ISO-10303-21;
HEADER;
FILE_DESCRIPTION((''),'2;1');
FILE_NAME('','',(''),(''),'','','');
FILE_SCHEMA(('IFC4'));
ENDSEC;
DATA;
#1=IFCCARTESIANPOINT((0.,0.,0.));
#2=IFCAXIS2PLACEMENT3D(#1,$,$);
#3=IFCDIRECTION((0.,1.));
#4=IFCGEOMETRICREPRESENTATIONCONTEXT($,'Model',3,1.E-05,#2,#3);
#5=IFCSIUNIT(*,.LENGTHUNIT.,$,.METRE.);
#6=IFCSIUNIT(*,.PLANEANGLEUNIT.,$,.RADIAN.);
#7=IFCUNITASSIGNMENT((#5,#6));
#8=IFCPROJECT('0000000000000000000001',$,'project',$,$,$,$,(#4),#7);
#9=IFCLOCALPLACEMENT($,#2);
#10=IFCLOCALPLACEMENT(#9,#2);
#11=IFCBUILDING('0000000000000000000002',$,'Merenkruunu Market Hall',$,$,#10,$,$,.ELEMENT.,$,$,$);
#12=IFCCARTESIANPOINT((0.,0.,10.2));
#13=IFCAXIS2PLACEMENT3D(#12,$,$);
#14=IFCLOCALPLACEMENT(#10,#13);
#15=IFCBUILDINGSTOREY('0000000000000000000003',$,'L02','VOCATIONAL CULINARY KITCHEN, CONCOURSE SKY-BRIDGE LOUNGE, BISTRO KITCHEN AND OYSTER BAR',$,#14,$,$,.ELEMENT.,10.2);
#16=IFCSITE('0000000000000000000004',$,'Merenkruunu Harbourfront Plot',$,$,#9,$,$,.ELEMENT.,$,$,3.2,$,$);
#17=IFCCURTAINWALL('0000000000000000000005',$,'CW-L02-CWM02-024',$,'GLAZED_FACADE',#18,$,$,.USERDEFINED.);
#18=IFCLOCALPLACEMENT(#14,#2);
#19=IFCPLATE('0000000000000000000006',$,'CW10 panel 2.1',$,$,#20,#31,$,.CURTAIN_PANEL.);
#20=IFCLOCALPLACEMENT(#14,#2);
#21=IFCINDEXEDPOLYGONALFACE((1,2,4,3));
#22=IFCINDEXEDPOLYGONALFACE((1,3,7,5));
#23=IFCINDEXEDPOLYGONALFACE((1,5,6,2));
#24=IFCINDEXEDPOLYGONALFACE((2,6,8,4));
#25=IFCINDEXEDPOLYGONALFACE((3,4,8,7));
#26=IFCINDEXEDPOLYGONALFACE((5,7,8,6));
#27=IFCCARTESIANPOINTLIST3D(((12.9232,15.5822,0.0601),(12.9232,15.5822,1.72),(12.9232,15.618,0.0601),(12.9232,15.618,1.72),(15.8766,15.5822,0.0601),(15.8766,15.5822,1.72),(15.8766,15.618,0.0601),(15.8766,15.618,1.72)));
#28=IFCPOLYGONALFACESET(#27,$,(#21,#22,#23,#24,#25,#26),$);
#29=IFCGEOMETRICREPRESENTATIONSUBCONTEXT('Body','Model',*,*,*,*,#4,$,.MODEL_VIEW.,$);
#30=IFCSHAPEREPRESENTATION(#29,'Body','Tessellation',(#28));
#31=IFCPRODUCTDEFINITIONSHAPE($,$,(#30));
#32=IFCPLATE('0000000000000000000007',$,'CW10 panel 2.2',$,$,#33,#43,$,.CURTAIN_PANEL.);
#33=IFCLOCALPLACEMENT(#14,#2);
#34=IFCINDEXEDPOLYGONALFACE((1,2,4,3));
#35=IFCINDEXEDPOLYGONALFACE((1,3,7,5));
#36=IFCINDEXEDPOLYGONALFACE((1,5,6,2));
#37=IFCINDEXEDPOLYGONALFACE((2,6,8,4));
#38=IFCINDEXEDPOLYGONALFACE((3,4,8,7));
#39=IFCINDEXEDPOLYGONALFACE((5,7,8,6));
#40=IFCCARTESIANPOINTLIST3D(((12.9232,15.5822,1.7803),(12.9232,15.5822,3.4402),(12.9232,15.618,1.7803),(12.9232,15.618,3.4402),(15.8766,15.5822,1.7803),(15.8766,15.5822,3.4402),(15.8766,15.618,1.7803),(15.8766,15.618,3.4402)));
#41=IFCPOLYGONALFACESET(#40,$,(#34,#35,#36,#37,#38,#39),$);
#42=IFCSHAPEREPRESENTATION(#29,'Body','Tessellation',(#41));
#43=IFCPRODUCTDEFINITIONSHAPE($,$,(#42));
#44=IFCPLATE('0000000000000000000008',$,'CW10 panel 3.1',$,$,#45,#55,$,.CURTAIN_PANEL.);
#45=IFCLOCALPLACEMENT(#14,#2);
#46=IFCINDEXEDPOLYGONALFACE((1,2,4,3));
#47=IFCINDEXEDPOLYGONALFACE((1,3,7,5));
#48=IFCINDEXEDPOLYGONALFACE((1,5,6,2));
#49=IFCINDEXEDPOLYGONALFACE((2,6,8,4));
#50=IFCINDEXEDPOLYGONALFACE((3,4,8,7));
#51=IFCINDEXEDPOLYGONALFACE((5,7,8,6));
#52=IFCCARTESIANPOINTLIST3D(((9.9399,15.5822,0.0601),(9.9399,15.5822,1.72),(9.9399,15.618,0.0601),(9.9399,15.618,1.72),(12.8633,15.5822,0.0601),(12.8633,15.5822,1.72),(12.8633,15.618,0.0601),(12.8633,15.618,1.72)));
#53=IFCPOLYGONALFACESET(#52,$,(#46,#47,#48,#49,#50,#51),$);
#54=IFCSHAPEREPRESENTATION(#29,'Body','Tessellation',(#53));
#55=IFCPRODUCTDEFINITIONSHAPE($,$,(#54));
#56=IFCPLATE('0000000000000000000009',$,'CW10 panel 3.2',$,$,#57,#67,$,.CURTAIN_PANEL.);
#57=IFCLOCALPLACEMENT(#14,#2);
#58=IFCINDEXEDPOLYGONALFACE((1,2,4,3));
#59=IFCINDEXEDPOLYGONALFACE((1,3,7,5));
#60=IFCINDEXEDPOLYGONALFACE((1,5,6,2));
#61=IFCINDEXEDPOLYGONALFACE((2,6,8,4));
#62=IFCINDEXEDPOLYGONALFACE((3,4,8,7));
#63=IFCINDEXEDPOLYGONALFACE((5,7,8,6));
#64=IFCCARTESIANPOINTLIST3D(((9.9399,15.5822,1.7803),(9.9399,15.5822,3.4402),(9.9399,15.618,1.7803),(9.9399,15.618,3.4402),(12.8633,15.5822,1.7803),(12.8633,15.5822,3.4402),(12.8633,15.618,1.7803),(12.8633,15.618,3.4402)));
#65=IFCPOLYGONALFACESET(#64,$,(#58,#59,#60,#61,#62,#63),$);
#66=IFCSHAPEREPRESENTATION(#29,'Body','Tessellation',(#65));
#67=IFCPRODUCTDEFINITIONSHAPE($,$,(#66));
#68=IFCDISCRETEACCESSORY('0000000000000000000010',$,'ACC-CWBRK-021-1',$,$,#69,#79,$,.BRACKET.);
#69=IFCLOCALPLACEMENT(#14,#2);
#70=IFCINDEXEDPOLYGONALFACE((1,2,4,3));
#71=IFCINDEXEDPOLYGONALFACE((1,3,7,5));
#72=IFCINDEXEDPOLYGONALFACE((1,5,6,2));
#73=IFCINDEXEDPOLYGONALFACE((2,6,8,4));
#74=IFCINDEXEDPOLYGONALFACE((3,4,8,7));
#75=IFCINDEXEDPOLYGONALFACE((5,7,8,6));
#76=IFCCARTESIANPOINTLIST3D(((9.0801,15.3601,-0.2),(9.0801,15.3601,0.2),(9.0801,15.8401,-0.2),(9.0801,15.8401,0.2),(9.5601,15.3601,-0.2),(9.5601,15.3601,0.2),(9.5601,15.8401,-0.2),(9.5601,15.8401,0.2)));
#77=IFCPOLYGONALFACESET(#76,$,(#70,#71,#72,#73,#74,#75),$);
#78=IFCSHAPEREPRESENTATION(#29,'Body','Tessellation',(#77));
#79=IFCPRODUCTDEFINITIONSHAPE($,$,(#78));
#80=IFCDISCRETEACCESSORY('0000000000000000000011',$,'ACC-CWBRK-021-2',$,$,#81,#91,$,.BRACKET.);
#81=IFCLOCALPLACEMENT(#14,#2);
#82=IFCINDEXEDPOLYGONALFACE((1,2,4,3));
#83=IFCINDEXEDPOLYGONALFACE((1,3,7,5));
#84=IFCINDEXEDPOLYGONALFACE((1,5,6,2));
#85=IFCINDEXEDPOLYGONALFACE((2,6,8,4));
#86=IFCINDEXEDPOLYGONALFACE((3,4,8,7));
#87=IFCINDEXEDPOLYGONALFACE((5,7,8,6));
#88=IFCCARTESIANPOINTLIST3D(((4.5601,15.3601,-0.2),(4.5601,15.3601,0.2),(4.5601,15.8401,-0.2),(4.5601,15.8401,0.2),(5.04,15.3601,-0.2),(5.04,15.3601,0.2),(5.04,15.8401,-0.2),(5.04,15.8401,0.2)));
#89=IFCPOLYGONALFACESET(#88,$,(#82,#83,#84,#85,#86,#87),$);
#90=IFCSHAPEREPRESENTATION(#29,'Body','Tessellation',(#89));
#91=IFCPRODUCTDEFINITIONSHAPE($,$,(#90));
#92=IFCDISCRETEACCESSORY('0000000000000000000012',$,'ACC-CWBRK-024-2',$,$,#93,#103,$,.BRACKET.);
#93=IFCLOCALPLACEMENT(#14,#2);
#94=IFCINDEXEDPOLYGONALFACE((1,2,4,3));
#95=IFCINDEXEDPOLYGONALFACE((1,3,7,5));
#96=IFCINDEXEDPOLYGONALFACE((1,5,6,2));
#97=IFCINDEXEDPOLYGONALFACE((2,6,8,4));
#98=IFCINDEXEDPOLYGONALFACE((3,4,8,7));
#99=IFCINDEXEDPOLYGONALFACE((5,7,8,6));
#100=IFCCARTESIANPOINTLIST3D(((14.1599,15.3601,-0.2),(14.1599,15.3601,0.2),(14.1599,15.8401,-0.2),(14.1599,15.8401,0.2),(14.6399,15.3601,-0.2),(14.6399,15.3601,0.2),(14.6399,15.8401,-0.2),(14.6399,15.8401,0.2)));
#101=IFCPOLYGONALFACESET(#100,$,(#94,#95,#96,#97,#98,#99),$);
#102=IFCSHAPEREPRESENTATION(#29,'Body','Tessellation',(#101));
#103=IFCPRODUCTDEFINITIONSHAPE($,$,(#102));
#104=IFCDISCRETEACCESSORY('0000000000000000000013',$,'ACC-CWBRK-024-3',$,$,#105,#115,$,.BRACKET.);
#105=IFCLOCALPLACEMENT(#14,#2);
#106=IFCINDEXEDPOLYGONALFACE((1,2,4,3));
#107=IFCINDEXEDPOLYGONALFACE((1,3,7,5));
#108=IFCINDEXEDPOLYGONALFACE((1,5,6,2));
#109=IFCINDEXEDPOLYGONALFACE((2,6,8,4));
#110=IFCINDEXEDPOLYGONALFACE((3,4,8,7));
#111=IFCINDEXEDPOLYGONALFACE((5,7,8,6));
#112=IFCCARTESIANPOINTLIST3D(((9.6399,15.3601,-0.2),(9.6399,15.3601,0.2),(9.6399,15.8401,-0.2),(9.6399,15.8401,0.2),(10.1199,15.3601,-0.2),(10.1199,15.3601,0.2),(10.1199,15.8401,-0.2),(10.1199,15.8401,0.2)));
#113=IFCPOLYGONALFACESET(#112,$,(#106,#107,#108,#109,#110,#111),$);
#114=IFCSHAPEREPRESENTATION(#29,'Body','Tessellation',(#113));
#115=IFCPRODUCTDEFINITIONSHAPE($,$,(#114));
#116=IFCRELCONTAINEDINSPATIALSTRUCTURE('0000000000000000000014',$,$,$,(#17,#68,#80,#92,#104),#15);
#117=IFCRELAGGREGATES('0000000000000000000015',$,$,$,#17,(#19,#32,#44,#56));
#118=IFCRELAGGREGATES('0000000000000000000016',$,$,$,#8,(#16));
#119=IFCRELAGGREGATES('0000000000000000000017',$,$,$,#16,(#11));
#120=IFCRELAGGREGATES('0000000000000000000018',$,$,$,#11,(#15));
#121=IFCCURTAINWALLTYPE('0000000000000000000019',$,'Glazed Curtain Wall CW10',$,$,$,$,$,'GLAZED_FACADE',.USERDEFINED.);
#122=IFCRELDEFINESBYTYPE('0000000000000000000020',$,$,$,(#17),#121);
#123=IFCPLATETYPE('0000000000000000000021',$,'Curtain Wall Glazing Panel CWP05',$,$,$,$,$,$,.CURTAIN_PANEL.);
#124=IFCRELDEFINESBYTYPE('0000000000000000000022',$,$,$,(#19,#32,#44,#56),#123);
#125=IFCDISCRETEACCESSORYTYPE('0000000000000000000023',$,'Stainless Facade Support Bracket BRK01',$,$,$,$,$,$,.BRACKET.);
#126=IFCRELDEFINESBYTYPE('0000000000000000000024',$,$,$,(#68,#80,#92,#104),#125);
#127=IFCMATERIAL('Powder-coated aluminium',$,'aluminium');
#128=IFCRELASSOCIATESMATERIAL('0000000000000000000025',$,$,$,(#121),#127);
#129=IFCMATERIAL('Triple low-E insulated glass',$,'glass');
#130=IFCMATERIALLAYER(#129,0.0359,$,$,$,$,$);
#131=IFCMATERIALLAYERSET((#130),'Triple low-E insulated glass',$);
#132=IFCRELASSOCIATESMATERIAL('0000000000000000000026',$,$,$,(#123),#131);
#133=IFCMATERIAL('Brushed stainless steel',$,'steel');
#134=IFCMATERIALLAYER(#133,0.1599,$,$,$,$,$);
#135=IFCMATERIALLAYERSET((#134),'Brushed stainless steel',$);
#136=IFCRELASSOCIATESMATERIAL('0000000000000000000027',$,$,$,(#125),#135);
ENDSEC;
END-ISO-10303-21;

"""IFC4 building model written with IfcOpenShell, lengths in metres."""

from ifc_helpers import new_model, si_unit, direction, frame, origin, origin_2d, place, context, subcontext, project, spatial, rectangle, extrude, material, layer, layer_set, type_object, element, aggregate, save


model = new_model("IFC4")

# Units and contexts
model_context = context("Model", 3, precision=1e-05, world=origin(), true_north=direction((0.0, 1.0)))
body_context = subcontext(model_context, "Body", "Model", "MODEL_VIEW")
ifc_project = project(units=[si_unit("LENGTHUNIT", "METRE"), si_unit("PLANEANGLEUNIT", "RADIAN")], contexts=[model_context])

# Site, building, storey
site_placement = place(None, origin())
site = spatial("IfcSite", under=ifc_project, at=site_placement, Name="Merenkruunu Harbourfront Plot", CompositionType="ELEMENT", RefElevation=3.2)
building_placement = place(site_placement, origin())
building = spatial("IfcBuilding", under=site, at=building_placement, Name="Merenkruunu Market Hall", CompositionType="ELEMENT")
storey_placement = place(building_placement, frame((0.0, 0.0, 10.2)))
storey = spatial("IfcBuildingStorey", under=building, at=storey_placement, Name="L02", Description="VOCATIONAL CULINARY KITCHEN, CONCOURSE SKY-BRIDGE LOUNGE, BISTRO KITCHEN AND OYSTER BAR", CompositionType="ELEMENT", Elevation=10.2)

# Curtain wall
ifc_material_1 = material(Name="Powder-coated aluminium", Category="aluminium")
curtain_wall_type = type_object("IfcCurtainWallType", Name="Glazed Curtain Wall CW10", ElementType="GLAZED_FACADE", PredefinedType="USERDEFINED", material=ifc_material_1)
curtain_wall_1_placement = place(storey_placement, origin())
curtain_wall_1 = element("IfcCurtainWall", 1, at=curtain_wall_1_placement, inside=storey, type_object=curtain_wall_type, Name="CW-L02-CWM02-024", ObjectType="GLAZED_FACADE", PredefinedType="USERDEFINED")

# Plates
ifc_material_2 = material(Name="Triple low-E insulated glass", Category="glass")
ifc_layer_1 = layer(ifc_material_2, 0.0359)
ifc_layer_set_1 = layer_set([ifc_layer_1], Name="Triple low-E insulated glass")
plate_type = type_object("IfcPlateType", Name="Curtain Wall Glazing Panel CWP05", PredefinedType="CURTAIN_PANEL", material=ifc_layer_set_1)
plate_1_placement = place(storey_placement, frame((14.3999, 15.6001, 0.0601), z_axis=(0.0, 0.0, 1.0), x_axis=(-1.0, 0.0, 0.0)))
plate_1 = element("IfcPlate", 2, at=plate_1_placement, type_object=plate_type, Name="CW10 panel 2.1", PredefinedType="CURTAIN_PANEL", context=body_context, shape_type="SweptSolid", body=[
    extrude(rectangle(XDim=2.9534, YDim=0.0359, at=origin_2d()), origin(), (0.0, 0.0, 1.0), 1.6599),
])
plate_2_placement = place(storey_placement, frame((14.3999, 15.6001, 1.7803), z_axis=(0.0, 0.0, 1.0), x_axis=(-1.0, 0.0, 0.0)))
plate_2 = element("IfcPlate", 3, at=plate_2_placement, type_object=plate_type, Name="CW10 panel 2.2", PredefinedType="CURTAIN_PANEL", context=body_context, shape_type="SweptSolid", body=[
    extrude(rectangle(XDim=2.9534, YDim=0.0359, at=origin_2d()), origin(), (0.0, 0.0, 1.0), 1.6599),
])
plate_3_placement = place(storey_placement, frame((11.4016, 15.6001, 0.0601), z_axis=(0.0, 0.0, 1.0), x_axis=(-1.0, 0.0, 0.0)))
plate_3 = element("IfcPlate", 4, at=plate_3_placement, type_object=plate_type, Name="CW10 panel 3.1", PredefinedType="CURTAIN_PANEL", context=body_context, shape_type="SweptSolid", body=[
    extrude(rectangle(XDim=2.9233, YDim=0.0359, at=origin_2d()), origin(), (0.0, 0.0, 1.0), 1.6599),
])
plate_4_placement = place(storey_placement, frame((11.4016, 15.6001, 1.7803), z_axis=(0.0, 0.0, 1.0), x_axis=(-1.0, 0.0, 0.0)))
plate_4 = element("IfcPlate", 5, at=plate_4_placement, type_object=plate_type, Name="CW10 panel 3.2", PredefinedType="CURTAIN_PANEL", context=body_context, shape_type="SweptSolid", body=[
    extrude(rectangle(XDim=2.9233, YDim=0.0359, at=origin_2d()), origin(), (0.0, 0.0, 1.0), 1.6599),
])
aggregate(curtain_wall_1, [plate_1, plate_2, plate_3, plate_4])

# Discrete accessories
ifc_material_3 = material(Name="Brushed stainless steel", Category="steel")
ifc_layer_2 = layer(ifc_material_3, 0.1599)
ifc_layer_set_2 = layer_set([ifc_layer_2], Name="Brushed stainless steel")
discrete_accessory_type = type_object("IfcDiscreteAccessoryType", Name="Stainless Facade Support Bracket BRK01", PredefinedType="BRACKET", material=ifc_layer_set_2)
for number, where, z_axis, x_axis, name in (
    (6, (9.3201, 15.6001, -0.2), (0.0, 0.0, 1.0), (1.0, 0.0, 0.0), "ACC-CWBRK-021-1"),
    (7, (4.8, 15.6001, -0.2), (0.0, 0.0, 1.0), (1.0, 0.0, 0.0), "ACC-CWBRK-021-2"),
    (8, (14.3999, 15.6001, -0.2), (0.0, 0.0, 1.0), (1.0, 0.0, 0.0), "ACC-CWBRK-024-2"),
    (9, (9.8799, 15.6001, -0.2), (0.0, 0.0, 1.0), (1.0, 0.0, 0.0), "ACC-CWBRK-024-3"),
):
    element("IfcDiscreteAccessory", number, at=place(storey_placement, frame(where, z_axis=z_axis, x_axis=x_axis)), inside=storey, type_object=discrete_accessory_type, Name=name, PredefinedType="BRACKET", context=body_context, shape_type="SweptSolid", body=[
        extrude(rectangle(XDim=0.48, YDim=0.48, at=origin_2d()), origin(), (0.0, 0.0, 1.0), 0.3999),
    ])

save(model, "model.ifc")
